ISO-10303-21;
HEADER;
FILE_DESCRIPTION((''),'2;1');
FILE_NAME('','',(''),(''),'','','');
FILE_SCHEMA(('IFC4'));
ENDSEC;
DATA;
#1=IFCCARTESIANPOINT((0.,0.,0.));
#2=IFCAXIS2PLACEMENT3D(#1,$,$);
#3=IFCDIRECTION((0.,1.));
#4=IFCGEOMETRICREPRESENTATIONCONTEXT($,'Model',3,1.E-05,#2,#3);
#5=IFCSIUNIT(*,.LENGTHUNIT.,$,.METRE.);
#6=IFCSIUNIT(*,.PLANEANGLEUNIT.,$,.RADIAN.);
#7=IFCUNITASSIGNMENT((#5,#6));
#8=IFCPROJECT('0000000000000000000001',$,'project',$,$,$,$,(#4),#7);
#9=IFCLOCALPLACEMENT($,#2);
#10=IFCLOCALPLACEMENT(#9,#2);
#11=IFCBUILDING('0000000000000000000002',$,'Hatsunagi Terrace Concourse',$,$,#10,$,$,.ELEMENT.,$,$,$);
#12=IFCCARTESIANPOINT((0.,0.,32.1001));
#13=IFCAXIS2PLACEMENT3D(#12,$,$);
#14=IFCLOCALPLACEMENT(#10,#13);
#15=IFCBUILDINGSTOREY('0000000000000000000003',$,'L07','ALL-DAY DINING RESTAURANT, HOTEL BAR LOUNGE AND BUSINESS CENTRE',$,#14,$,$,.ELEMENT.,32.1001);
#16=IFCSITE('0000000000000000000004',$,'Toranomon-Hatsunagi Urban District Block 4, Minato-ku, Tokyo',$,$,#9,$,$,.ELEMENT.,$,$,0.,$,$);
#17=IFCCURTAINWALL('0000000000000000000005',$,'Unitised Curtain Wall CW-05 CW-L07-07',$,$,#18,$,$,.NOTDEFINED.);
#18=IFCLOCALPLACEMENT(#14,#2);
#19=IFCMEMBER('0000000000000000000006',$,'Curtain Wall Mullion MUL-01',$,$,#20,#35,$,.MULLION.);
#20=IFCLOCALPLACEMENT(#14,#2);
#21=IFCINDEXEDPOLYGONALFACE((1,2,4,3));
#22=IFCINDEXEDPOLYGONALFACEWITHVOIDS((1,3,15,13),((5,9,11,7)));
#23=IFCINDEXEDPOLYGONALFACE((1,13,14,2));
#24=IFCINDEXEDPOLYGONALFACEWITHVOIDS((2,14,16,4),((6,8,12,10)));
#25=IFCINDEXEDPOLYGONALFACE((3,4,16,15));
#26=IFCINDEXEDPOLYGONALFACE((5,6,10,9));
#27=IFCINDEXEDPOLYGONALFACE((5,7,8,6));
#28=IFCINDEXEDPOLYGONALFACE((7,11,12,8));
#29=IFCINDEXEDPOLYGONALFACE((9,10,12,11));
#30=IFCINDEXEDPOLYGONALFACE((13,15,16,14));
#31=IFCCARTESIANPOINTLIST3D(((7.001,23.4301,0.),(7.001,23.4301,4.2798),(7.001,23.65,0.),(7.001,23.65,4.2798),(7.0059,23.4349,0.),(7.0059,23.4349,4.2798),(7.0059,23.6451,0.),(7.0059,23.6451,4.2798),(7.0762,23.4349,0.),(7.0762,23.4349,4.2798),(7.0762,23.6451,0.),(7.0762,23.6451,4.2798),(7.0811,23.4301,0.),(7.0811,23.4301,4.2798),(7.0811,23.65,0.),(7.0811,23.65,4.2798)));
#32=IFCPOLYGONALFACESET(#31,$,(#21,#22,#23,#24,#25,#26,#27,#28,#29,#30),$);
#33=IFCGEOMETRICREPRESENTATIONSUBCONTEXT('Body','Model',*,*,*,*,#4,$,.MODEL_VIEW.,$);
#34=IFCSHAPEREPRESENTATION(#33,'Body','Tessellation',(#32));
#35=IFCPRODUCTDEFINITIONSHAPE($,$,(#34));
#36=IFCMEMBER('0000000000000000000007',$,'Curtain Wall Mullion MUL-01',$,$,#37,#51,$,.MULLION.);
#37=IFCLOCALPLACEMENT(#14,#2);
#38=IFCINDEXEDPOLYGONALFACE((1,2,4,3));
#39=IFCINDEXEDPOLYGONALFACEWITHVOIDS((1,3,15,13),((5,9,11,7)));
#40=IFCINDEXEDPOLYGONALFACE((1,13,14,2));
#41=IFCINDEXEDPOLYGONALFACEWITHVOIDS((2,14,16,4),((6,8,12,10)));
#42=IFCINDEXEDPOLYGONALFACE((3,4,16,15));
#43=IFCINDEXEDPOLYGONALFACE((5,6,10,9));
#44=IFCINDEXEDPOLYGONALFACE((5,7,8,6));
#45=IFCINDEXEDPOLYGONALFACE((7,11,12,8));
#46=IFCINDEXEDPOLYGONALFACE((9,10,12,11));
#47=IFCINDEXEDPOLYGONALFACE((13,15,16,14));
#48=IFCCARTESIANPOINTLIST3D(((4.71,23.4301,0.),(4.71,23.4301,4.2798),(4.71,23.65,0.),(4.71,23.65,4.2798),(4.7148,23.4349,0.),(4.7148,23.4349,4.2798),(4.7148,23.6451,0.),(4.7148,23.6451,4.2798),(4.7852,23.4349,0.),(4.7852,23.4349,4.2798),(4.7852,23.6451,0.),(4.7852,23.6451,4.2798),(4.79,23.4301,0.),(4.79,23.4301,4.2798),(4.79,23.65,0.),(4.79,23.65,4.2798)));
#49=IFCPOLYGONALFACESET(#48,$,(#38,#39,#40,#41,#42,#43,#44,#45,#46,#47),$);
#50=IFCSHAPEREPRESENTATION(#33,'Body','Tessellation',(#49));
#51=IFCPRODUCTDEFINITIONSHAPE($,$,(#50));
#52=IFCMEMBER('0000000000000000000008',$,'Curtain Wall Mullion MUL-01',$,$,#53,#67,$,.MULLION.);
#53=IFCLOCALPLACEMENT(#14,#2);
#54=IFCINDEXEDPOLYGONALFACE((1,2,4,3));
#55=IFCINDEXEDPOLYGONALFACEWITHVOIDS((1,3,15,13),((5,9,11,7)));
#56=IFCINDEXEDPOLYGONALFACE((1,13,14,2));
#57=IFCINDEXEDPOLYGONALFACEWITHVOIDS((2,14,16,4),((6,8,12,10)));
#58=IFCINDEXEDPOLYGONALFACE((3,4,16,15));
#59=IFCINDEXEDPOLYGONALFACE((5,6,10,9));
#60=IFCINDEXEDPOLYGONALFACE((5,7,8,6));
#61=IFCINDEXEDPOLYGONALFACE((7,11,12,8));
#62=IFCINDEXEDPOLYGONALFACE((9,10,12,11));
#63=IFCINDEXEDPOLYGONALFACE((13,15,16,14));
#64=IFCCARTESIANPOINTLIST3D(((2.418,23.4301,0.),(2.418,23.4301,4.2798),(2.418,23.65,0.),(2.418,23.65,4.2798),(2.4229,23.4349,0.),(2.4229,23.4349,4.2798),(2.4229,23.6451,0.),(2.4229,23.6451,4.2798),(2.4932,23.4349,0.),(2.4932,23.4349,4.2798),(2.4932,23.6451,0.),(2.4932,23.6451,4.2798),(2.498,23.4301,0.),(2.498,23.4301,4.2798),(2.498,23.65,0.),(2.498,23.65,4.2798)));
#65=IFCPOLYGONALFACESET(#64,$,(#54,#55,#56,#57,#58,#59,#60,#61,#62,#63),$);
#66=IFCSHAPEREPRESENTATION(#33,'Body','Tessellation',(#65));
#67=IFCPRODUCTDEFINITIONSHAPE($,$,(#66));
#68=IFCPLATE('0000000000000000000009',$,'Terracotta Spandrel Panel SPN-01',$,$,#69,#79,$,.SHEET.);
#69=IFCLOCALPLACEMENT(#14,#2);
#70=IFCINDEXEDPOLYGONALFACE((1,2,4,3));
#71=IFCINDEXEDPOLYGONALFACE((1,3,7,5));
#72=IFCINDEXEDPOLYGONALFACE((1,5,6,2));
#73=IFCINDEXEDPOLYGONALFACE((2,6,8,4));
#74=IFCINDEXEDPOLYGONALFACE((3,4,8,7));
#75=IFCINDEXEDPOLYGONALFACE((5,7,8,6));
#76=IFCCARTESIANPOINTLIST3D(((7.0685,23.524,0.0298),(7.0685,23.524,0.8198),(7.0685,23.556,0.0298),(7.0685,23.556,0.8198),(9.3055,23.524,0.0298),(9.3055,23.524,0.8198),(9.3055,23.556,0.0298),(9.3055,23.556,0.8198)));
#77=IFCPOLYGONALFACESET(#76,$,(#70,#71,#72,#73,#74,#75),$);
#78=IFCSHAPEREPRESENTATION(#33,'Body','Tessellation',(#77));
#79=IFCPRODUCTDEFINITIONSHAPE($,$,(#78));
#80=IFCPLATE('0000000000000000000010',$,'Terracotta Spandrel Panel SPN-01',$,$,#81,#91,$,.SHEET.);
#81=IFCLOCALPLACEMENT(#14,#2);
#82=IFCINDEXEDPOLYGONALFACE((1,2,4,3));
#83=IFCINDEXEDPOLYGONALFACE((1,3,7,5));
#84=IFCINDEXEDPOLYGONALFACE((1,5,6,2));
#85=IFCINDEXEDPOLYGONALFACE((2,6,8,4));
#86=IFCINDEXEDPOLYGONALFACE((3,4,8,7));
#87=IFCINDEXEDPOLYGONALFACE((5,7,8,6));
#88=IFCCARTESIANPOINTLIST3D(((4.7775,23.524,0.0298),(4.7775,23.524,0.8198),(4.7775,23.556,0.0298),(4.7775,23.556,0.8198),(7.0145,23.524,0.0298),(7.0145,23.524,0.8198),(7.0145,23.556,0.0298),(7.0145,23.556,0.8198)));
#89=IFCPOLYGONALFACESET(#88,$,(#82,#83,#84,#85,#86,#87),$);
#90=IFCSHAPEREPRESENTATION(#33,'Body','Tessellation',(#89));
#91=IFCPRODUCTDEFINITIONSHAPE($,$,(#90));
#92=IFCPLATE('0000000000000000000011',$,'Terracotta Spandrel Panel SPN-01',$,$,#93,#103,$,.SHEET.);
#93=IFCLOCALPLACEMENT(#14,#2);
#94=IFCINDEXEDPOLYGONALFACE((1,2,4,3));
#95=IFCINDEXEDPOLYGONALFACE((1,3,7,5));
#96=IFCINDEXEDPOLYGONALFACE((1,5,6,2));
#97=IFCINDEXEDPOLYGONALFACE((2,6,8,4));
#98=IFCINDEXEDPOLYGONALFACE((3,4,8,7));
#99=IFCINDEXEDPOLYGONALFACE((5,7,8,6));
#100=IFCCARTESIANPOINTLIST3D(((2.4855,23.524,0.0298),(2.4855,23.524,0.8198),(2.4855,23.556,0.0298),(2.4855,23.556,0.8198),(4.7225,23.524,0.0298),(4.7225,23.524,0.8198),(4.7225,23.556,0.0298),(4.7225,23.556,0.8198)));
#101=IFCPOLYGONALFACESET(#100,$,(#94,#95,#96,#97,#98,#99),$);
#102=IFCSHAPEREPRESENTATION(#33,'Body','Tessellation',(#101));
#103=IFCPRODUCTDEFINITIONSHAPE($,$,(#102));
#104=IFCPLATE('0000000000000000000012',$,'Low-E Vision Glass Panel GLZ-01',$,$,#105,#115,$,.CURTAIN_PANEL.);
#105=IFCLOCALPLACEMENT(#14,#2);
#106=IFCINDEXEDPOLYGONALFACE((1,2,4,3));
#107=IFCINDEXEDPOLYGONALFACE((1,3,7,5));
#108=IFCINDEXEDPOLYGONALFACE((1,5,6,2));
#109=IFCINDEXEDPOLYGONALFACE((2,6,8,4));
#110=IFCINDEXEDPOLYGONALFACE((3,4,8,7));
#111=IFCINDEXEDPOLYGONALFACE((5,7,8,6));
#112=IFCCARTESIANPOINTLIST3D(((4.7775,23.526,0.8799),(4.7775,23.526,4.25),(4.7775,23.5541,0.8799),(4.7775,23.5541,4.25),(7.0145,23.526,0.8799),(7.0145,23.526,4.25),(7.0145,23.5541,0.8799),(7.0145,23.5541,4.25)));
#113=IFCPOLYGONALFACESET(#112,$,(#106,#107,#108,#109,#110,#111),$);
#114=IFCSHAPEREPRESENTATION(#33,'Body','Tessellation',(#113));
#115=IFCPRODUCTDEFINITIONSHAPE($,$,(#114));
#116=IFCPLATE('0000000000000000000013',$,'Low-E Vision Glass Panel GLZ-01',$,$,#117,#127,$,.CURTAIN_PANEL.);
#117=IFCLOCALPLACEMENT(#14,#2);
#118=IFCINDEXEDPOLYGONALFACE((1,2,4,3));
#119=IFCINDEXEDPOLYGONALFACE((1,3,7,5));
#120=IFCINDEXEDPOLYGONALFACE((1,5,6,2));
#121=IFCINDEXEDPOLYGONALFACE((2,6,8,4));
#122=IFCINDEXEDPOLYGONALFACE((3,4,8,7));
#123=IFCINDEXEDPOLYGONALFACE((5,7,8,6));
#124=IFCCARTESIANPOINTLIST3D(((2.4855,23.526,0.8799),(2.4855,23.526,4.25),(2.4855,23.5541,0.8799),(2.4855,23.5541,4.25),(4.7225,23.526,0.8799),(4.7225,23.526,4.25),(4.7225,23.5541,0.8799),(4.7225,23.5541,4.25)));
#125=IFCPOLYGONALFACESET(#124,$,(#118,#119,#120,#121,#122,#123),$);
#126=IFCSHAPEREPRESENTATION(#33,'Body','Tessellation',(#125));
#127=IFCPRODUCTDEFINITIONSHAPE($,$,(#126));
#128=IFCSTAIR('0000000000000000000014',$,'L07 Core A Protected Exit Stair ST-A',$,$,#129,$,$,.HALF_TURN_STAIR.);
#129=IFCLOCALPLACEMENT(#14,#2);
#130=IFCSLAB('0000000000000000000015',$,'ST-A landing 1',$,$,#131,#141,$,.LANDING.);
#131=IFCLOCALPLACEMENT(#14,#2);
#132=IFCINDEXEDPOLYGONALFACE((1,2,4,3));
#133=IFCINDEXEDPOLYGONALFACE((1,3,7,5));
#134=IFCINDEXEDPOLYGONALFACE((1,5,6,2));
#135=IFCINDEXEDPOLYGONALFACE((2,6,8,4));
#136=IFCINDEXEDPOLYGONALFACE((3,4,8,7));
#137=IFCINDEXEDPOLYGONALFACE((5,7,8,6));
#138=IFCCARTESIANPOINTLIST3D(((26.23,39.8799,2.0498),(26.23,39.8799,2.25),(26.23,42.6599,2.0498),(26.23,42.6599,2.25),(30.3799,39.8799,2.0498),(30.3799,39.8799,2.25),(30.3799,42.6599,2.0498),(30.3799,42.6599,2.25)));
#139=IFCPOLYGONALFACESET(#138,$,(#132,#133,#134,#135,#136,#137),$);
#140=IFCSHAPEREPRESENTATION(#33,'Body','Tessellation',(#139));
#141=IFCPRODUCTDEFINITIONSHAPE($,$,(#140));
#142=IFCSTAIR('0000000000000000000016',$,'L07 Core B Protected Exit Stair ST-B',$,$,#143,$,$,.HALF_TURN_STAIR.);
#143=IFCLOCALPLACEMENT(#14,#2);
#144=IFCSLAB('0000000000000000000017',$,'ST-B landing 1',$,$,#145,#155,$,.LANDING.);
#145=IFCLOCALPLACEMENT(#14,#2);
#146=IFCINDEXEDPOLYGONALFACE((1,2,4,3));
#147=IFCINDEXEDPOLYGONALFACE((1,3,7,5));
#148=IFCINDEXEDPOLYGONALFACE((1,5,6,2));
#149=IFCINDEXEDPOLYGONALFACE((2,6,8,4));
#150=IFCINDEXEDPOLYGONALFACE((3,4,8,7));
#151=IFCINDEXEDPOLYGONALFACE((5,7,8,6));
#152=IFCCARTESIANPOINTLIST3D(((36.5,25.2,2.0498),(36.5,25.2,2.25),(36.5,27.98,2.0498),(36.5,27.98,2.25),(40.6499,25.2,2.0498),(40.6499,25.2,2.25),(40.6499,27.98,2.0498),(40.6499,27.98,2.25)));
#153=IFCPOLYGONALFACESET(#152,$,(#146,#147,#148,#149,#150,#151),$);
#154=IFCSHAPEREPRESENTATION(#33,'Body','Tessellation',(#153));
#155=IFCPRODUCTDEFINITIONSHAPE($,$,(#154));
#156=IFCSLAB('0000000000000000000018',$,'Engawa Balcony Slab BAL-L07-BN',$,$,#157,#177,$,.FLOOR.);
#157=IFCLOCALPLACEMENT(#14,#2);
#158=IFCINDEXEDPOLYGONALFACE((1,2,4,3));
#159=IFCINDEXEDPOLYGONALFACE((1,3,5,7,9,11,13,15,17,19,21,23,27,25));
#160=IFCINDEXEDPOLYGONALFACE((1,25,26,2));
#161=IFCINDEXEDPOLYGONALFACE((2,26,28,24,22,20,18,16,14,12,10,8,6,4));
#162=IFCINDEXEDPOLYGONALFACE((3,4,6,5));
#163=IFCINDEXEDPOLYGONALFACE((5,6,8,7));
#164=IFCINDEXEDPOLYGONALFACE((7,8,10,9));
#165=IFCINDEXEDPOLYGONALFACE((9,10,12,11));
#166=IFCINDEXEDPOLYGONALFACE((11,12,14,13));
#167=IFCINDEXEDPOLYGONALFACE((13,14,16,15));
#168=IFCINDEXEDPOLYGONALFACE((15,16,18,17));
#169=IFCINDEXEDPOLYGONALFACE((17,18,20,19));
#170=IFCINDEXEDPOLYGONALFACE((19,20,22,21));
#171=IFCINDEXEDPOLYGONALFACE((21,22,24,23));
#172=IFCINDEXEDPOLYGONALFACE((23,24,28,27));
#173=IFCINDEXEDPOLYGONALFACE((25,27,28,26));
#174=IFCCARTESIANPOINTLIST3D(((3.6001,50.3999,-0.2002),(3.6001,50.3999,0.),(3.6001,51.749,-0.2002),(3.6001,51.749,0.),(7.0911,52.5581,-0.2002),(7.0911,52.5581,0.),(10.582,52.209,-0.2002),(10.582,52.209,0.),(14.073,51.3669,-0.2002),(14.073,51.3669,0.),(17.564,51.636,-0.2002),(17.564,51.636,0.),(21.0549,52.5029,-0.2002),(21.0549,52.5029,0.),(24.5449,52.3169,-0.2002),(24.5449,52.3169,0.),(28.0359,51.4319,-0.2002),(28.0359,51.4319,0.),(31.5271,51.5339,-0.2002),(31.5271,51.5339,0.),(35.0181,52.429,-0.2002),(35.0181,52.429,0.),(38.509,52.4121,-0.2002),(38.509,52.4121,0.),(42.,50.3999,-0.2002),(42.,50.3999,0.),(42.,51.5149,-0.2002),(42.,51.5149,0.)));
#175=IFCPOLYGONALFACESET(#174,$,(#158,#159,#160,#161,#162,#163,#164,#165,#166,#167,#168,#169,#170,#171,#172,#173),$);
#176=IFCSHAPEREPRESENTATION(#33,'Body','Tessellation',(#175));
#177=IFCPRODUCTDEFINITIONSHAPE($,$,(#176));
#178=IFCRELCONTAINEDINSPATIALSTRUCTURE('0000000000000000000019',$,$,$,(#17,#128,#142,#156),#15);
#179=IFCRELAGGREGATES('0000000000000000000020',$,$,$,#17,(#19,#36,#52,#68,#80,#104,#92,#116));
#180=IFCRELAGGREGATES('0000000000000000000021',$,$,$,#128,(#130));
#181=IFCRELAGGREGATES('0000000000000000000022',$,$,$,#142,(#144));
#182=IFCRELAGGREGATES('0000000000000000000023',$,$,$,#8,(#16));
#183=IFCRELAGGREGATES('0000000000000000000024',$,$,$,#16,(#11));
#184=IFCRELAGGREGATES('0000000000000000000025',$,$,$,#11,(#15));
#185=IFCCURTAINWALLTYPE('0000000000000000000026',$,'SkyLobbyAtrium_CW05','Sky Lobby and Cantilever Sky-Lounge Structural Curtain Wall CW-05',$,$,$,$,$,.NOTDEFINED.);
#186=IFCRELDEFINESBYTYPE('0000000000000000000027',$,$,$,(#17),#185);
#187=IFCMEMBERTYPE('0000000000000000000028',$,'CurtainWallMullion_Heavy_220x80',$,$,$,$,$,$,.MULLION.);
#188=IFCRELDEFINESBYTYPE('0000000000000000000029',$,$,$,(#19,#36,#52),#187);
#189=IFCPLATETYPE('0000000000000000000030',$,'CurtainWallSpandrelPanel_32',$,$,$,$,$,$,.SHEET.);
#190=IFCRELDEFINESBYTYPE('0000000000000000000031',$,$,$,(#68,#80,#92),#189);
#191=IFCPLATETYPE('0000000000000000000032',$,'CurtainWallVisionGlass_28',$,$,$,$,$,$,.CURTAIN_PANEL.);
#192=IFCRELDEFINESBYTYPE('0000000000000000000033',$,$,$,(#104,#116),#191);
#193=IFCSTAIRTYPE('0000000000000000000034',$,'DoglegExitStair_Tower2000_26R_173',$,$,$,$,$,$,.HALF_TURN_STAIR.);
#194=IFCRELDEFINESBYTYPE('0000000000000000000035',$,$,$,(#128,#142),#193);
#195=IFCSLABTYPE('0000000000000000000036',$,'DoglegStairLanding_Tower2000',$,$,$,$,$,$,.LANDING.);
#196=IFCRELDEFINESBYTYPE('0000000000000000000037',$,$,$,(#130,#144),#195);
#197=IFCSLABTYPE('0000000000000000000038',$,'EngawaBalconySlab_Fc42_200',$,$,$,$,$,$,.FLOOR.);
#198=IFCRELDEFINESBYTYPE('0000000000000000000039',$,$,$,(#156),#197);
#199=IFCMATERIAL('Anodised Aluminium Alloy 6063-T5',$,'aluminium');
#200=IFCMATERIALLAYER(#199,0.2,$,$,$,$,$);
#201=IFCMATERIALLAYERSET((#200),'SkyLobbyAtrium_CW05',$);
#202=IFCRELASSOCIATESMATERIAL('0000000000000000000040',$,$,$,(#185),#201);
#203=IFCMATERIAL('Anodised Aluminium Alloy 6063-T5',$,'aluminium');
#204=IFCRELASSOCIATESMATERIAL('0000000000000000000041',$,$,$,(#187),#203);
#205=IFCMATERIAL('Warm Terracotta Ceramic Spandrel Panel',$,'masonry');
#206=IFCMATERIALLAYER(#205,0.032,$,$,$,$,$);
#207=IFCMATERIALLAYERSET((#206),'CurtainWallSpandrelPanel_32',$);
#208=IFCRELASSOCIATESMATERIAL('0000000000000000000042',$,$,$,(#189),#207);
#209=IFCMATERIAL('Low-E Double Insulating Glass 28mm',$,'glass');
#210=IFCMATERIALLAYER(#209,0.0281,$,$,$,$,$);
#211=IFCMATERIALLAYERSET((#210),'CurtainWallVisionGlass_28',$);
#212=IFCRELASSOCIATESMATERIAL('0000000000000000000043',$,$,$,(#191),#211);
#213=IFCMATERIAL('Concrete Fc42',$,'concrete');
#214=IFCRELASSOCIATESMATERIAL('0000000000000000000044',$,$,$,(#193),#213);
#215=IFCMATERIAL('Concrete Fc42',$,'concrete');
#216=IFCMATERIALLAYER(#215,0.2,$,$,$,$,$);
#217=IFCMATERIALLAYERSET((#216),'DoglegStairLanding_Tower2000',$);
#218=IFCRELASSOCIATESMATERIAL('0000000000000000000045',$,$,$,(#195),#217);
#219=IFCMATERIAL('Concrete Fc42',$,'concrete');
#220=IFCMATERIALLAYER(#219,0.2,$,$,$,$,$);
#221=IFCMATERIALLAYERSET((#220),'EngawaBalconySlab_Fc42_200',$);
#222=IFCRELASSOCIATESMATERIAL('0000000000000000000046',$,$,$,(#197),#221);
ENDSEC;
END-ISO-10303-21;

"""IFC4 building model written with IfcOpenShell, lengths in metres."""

from ifc_helpers import new_model, si_unit, direction, frame, origin, origin_2d, place, context, subcontext, project, spatial, polyline, rectangle, hollow_rectangle, outline, extrude, material, layer, layer_set, material_profile, profile_set, type_object, element, aggregate, save


model = new_model("IFC4")

# Units and contexts
model_context = context("Model", 3, precision=1e-05, world=origin(), true_north=direction((0.0, 1.0)))
body_context = subcontext(model_context, "Body", "Model", "MODEL_VIEW")
ifc_project = project(units=[si_unit("LENGTHUNIT", "METRE"), si_unit("PLANEANGLEUNIT", "RADIAN")], contexts=[model_context])

# Site, building, storey
site_placement = place(None, origin())
site = spatial("IfcSite", under=ifc_project, at=site_placement, Name="Toranomon-Hatsunagi Urban District Block 4, Minato-ku, Tokyo", CompositionType="ELEMENT", RefElevation=0.0)
building_placement = place(site_placement, origin())
building = spatial("IfcBuilding", under=site, at=building_placement, Name="Hatsunagi Terrace Concourse", CompositionType="ELEMENT")
storey_placement = place(building_placement, frame((0.0, 0.0, 32.1001)))
storey = spatial("IfcBuildingStorey", under=building, at=storey_placement, Name="L07", Description="ALL-DAY DINING RESTAURANT, HOTEL BAR LOUNGE AND BUSINESS CENTRE", CompositionType="ELEMENT", Elevation=32.1001)

# Curtain wall, members, plates
ifc_material_1 = material(Name="Anodised Aluminium Alloy 6063-T5", Category="aluminium")
ifc_layer_1 = layer(ifc_material_1, 0.2)
ifc_layer_set_1 = layer_set([ifc_layer_1], Name="SkyLobbyAtrium_CW05")
curtain_wall_type = type_object("IfcCurtainWallType", Name="SkyLobbyAtrium_CW05", Description="Sky Lobby and Cantilever Sky-Lounge Structural Curtain Wall CW-05", PredefinedType="NOTDEFINED", material=ifc_layer_set_1)
curtain_wall_placement = place(storey_placement, origin())
curtain_wall = element("IfcCurtainWall", 1, at=curtain_wall_placement, inside=storey, type_object=curtain_wall_type, Name="Unitised Curtain Wall CW-05 CW-L07-07", PredefinedType="NOTDEFINED")
ifc_material_2 = material(Name="Anodised Aluminium Alloy 6063-T5", Category="aluminium")
ifc_material_profile = material_profile(ifc_material_2, hollow_rectangle(XDim=0.0801, YDim=0.22, WallThickness=0.0049, at=origin_2d()), Name="ALU-MUL-220x80x5")
ifc_profile_set = profile_set([ifc_material_profile], Name="Anodised Aluminium Alloy 6063-T5")
member_type = type_object("IfcMemberType", Name="CurtainWallMullion_Heavy_220x80", PredefinedType="MULLION", material=ifc_profile_set)
member_1_placement = place(storey_placement, frame((7.041, 23.54, 0.0), z_axis=(0.0, 0.0, 1.0), x_axis=(-1.0, 0.0, 0.0)))
member_1 = element("IfcMember", 2, at=member_1_placement, type_object=member_type, Name="Curtain Wall Mullion MUL-01", PredefinedType="MULLION", context=body_context, shape_type="SweptSolid", body=[
    extrude(hollow_rectangle(XDim=0.0801, YDim=0.22, WallThickness=0.0049, at=origin_2d()), origin(), (0.0, 0.0, 1.0), 4.2798),
])
member_2_placement = place(storey_placement, frame((4.75, 23.54, 0.0), z_axis=(0.0, 0.0, 1.0), x_axis=(-1.0, 0.0, 0.0)))
member_2 = element("IfcMember", 3, at=member_2_placement, type_object=member_type, Name="Curtain Wall Mullion MUL-01", PredefinedType="MULLION", context=body_context, shape_type="SweptSolid", body=[
    extrude(hollow_rectangle(XDim=0.0801, YDim=0.22, WallThickness=0.0049, at=origin_2d()), origin(), (0.0, 0.0, 1.0), 4.2798),
])
member_3_placement = place(storey_placement, frame((2.458, 23.54, 0.0), z_axis=(0.0, 0.0, 1.0), x_axis=(-1.0, 0.0, 0.0)))
member_3 = element("IfcMember", 4, at=member_3_placement, type_object=member_type, Name="Curtain Wall Mullion MUL-01", PredefinedType="MULLION", context=body_context, shape_type="SweptSolid", body=[
    extrude(hollow_rectangle(XDim=0.0801, YDim=0.22, WallThickness=0.0049, at=origin_2d()), origin(), (0.0, 0.0, 1.0), 4.2798),
])
ifc_material_3 = material(Name="Warm Terracotta Ceramic Spandrel Panel", Category="masonry")
ifc_layer_2 = layer(ifc_material_3, 0.032)
ifc_layer_set_2 = layer_set([ifc_layer_2], Name="CurtainWallSpandrelPanel_32")
plate_type_1 = type_object("IfcPlateType", Name="CurtainWallSpandrelPanel_32", PredefinedType="SHEET", material=ifc_layer_set_2)
plate_1_placement = place(storey_placement, frame((8.187, 23.54, 0.0298), z_axis=(0.0, 0.0, 1.0), x_axis=(-1.0, 0.0, 0.0)))
plate_1 = element("IfcPlate", 5, at=plate_1_placement, type_object=plate_type_1, Name="Terracotta Spandrel Panel SPN-01", PredefinedType="SHEET", context=body_context, shape_type="SweptSolid", body=[
    extrude(rectangle(XDim=2.2371, YDim=0.032, at=origin_2d()), origin(), (0.0, 0.0, 1.0), 0.79),
])
plate_2_placement = place(storey_placement, frame((5.896, 23.54, 0.0298), z_axis=(0.0, 0.0, 1.0), x_axis=(-1.0, 0.0, 0.0)))
plate_2 = element("IfcPlate", 6, at=plate_2_placement, type_object=plate_type_1, Name="Terracotta Spandrel Panel SPN-01", PredefinedType="SHEET", context=body_context, shape_type="SweptSolid", body=[
    extrude(rectangle(XDim=2.2371, YDim=0.032, at=origin_2d()), origin(), (0.0, 0.0, 1.0), 0.79),
])
plate_3_placement = place(storey_placement, frame((3.604, 23.54, 0.0298), z_axis=(0.0, 0.0, 1.0), x_axis=(-1.0, 0.0, 0.0)))
plate_3 = element("IfcPlate", 7, at=plate_3_placement, type_object=plate_type_1, Name="Terracotta Spandrel Panel SPN-01", PredefinedType="SHEET", context=body_context, shape_type="SweptSolid", body=[
    extrude(rectangle(XDim=2.2371, YDim=0.032, at=origin_2d()), origin(), (0.0, 0.0, 1.0), 0.79),
])
ifc_material_4 = material(Name="Low-E Double Insulating Glass 28mm", Category="glass")
ifc_layer_3 = layer(ifc_material_4, 0.0281)
ifc_layer_set_3 = layer_set([ifc_layer_3], Name="CurtainWallVisionGlass_28")
plate_type_2 = type_object("IfcPlateType", Name="CurtainWallVisionGlass_28", PredefinedType="CURTAIN_PANEL", material=ifc_layer_set_3)
plate_4_placement = place(storey_placement, frame((5.896, 23.54, 0.8799), z_axis=(0.0, 0.0, 1.0), x_axis=(-1.0, 0.0, 0.0)))
plate_4 = element("IfcPlate", 8, at=plate_4_placement, type_object=plate_type_2, Name="Low-E Vision Glass Panel GLZ-01", PredefinedType="CURTAIN_PANEL", context=body_context, shape_type="SweptSolid", body=[
    extrude(rectangle(XDim=2.2371, YDim=0.0281, at=origin_2d()), origin(), (0.0, 0.0, 1.0), 3.3701),
])
plate_5_placement = place(storey_placement, frame((3.604, 23.54, 0.8799), z_axis=(0.0, 0.0, 1.0), x_axis=(-1.0, 0.0, 0.0)))
plate_5 = element("IfcPlate", 9, at=plate_5_placement, type_object=plate_type_2, Name="Low-E Vision Glass Panel GLZ-01", PredefinedType="CURTAIN_PANEL", context=body_context, shape_type="SweptSolid", body=[
    extrude(rectangle(XDim=2.2371, YDim=0.0281, at=origin_2d()), origin(), (0.0, 0.0, 1.0), 3.3701),
])
aggregate(curtain_wall, [member_1, member_2, member_3, plate_1, plate_2, plate_4, plate_3, plate_5])

# Stairs, slabs
ifc_material_5 = material(Name="Concrete Fc42", Category="concrete")
stair_type = type_object("IfcStairType", Name="DoglegExitStair_Tower2000_26R_173", PredefinedType="HALF_TURN_STAIR", material=ifc_material_5)
stair_1_placement = place(storey_placement, origin())
stair_1 = element("IfcStair", 10, at=stair_1_placement, inside=storey, type_object=stair_type, Name="L07 Core A Protected Exit Stair ST-A", PredefinedType="HALF_TURN_STAIR")
ifc_material_6 = material(Name="Concrete Fc42", Category="concrete")
ifc_layer_4 = layer(ifc_material_6, 0.2)
ifc_layer_set_4 = layer_set([ifc_layer_4], Name="DoglegStairLanding_Tower2000")
slab_type_1 = type_object("IfcSlabType", Name="DoglegStairLanding_Tower2000", PredefinedType="LANDING", material=ifc_layer_set_4)
slab_1_placement = place(storey_placement, frame((0.0, 0.0, 2.0498)))
slab_1 = element("IfcSlab", 11, at=slab_1_placement, type_object=slab_type_1, Name="ST-A landing 1", PredefinedType="LANDING", context=body_context, shape_type="SweptSolid", body=[
    extrude(outline(polyline([(30.3799, 39.8799), (30.3799, 42.6599), (26.23, 42.6599), (26.23, 39.8799), (30.3799, 39.8799)])), origin(), (0.0, 0.0, 1.0), 0.2002),
])
aggregate(stair_1, [slab_1])
stair_2_placement = place(storey_placement, origin())
stair_2 = element("IfcStair", 12, at=stair_2_placement, inside=storey, type_object=stair_type, Name="L07 Core B Protected Exit Stair ST-B", PredefinedType="HALF_TURN_STAIR")
slab_2_placement = place(storey_placement, frame((0.0, 0.0, 2.0498)))
slab_2 = element("IfcSlab", 13, at=slab_2_placement, type_object=slab_type_1, Name="ST-B landing 1", PredefinedType="LANDING", context=body_context, shape_type="SweptSolid", body=[
    extrude(outline(polyline([(36.5, 27.98), (36.5, 25.2), (40.6499, 25.2), (40.6499, 27.98), (36.5, 27.98)])), origin(), (0.0, 0.0, 1.0), 0.2002),
])
aggregate(stair_2, [slab_2])

# Slab
ifc_material_7 = material(Name="Concrete Fc42", Category="concrete")
ifc_layer_5 = layer(ifc_material_7, 0.2)
ifc_layer_set_5 = layer_set([ifc_layer_5], Name="EngawaBalconySlab_Fc42_200")
slab_type_2 = type_object("IfcSlabType", Name="EngawaBalconySlab_Fc42_200", PredefinedType="FLOOR", material=ifc_layer_set_5)
slab_3_placement = place(storey_placement, frame((0.0, 0.0, -0.2002)))
element("IfcSlab", 14, at=slab_3_placement, inside=storey, type_object=slab_type_2, Name="Engawa Balcony Slab BAL-L07-BN", PredefinedType="FLOOR", context=body_context, shape_type="SweptSolid", body=[
    extrude(outline(polyline([(3.6001, 51.749), (3.6001, 50.3999), (42.0, 50.3999), (42.0, 51.5149), (38.509, 52.4121), (35.0181, 52.429), (31.5271, 51.5339), (28.0359, 51.4319), (24.5449, 52.3169), (21.0549, 52.5029), (17.564, 51.636), (14.073, 51.3669), (10.582, 52.209), (7.0911, 52.5581), (3.6001, 51.749)])), origin(), (0.0, 0.0, 1.0), 0.2002),
])

save(model, "model.ifc")
